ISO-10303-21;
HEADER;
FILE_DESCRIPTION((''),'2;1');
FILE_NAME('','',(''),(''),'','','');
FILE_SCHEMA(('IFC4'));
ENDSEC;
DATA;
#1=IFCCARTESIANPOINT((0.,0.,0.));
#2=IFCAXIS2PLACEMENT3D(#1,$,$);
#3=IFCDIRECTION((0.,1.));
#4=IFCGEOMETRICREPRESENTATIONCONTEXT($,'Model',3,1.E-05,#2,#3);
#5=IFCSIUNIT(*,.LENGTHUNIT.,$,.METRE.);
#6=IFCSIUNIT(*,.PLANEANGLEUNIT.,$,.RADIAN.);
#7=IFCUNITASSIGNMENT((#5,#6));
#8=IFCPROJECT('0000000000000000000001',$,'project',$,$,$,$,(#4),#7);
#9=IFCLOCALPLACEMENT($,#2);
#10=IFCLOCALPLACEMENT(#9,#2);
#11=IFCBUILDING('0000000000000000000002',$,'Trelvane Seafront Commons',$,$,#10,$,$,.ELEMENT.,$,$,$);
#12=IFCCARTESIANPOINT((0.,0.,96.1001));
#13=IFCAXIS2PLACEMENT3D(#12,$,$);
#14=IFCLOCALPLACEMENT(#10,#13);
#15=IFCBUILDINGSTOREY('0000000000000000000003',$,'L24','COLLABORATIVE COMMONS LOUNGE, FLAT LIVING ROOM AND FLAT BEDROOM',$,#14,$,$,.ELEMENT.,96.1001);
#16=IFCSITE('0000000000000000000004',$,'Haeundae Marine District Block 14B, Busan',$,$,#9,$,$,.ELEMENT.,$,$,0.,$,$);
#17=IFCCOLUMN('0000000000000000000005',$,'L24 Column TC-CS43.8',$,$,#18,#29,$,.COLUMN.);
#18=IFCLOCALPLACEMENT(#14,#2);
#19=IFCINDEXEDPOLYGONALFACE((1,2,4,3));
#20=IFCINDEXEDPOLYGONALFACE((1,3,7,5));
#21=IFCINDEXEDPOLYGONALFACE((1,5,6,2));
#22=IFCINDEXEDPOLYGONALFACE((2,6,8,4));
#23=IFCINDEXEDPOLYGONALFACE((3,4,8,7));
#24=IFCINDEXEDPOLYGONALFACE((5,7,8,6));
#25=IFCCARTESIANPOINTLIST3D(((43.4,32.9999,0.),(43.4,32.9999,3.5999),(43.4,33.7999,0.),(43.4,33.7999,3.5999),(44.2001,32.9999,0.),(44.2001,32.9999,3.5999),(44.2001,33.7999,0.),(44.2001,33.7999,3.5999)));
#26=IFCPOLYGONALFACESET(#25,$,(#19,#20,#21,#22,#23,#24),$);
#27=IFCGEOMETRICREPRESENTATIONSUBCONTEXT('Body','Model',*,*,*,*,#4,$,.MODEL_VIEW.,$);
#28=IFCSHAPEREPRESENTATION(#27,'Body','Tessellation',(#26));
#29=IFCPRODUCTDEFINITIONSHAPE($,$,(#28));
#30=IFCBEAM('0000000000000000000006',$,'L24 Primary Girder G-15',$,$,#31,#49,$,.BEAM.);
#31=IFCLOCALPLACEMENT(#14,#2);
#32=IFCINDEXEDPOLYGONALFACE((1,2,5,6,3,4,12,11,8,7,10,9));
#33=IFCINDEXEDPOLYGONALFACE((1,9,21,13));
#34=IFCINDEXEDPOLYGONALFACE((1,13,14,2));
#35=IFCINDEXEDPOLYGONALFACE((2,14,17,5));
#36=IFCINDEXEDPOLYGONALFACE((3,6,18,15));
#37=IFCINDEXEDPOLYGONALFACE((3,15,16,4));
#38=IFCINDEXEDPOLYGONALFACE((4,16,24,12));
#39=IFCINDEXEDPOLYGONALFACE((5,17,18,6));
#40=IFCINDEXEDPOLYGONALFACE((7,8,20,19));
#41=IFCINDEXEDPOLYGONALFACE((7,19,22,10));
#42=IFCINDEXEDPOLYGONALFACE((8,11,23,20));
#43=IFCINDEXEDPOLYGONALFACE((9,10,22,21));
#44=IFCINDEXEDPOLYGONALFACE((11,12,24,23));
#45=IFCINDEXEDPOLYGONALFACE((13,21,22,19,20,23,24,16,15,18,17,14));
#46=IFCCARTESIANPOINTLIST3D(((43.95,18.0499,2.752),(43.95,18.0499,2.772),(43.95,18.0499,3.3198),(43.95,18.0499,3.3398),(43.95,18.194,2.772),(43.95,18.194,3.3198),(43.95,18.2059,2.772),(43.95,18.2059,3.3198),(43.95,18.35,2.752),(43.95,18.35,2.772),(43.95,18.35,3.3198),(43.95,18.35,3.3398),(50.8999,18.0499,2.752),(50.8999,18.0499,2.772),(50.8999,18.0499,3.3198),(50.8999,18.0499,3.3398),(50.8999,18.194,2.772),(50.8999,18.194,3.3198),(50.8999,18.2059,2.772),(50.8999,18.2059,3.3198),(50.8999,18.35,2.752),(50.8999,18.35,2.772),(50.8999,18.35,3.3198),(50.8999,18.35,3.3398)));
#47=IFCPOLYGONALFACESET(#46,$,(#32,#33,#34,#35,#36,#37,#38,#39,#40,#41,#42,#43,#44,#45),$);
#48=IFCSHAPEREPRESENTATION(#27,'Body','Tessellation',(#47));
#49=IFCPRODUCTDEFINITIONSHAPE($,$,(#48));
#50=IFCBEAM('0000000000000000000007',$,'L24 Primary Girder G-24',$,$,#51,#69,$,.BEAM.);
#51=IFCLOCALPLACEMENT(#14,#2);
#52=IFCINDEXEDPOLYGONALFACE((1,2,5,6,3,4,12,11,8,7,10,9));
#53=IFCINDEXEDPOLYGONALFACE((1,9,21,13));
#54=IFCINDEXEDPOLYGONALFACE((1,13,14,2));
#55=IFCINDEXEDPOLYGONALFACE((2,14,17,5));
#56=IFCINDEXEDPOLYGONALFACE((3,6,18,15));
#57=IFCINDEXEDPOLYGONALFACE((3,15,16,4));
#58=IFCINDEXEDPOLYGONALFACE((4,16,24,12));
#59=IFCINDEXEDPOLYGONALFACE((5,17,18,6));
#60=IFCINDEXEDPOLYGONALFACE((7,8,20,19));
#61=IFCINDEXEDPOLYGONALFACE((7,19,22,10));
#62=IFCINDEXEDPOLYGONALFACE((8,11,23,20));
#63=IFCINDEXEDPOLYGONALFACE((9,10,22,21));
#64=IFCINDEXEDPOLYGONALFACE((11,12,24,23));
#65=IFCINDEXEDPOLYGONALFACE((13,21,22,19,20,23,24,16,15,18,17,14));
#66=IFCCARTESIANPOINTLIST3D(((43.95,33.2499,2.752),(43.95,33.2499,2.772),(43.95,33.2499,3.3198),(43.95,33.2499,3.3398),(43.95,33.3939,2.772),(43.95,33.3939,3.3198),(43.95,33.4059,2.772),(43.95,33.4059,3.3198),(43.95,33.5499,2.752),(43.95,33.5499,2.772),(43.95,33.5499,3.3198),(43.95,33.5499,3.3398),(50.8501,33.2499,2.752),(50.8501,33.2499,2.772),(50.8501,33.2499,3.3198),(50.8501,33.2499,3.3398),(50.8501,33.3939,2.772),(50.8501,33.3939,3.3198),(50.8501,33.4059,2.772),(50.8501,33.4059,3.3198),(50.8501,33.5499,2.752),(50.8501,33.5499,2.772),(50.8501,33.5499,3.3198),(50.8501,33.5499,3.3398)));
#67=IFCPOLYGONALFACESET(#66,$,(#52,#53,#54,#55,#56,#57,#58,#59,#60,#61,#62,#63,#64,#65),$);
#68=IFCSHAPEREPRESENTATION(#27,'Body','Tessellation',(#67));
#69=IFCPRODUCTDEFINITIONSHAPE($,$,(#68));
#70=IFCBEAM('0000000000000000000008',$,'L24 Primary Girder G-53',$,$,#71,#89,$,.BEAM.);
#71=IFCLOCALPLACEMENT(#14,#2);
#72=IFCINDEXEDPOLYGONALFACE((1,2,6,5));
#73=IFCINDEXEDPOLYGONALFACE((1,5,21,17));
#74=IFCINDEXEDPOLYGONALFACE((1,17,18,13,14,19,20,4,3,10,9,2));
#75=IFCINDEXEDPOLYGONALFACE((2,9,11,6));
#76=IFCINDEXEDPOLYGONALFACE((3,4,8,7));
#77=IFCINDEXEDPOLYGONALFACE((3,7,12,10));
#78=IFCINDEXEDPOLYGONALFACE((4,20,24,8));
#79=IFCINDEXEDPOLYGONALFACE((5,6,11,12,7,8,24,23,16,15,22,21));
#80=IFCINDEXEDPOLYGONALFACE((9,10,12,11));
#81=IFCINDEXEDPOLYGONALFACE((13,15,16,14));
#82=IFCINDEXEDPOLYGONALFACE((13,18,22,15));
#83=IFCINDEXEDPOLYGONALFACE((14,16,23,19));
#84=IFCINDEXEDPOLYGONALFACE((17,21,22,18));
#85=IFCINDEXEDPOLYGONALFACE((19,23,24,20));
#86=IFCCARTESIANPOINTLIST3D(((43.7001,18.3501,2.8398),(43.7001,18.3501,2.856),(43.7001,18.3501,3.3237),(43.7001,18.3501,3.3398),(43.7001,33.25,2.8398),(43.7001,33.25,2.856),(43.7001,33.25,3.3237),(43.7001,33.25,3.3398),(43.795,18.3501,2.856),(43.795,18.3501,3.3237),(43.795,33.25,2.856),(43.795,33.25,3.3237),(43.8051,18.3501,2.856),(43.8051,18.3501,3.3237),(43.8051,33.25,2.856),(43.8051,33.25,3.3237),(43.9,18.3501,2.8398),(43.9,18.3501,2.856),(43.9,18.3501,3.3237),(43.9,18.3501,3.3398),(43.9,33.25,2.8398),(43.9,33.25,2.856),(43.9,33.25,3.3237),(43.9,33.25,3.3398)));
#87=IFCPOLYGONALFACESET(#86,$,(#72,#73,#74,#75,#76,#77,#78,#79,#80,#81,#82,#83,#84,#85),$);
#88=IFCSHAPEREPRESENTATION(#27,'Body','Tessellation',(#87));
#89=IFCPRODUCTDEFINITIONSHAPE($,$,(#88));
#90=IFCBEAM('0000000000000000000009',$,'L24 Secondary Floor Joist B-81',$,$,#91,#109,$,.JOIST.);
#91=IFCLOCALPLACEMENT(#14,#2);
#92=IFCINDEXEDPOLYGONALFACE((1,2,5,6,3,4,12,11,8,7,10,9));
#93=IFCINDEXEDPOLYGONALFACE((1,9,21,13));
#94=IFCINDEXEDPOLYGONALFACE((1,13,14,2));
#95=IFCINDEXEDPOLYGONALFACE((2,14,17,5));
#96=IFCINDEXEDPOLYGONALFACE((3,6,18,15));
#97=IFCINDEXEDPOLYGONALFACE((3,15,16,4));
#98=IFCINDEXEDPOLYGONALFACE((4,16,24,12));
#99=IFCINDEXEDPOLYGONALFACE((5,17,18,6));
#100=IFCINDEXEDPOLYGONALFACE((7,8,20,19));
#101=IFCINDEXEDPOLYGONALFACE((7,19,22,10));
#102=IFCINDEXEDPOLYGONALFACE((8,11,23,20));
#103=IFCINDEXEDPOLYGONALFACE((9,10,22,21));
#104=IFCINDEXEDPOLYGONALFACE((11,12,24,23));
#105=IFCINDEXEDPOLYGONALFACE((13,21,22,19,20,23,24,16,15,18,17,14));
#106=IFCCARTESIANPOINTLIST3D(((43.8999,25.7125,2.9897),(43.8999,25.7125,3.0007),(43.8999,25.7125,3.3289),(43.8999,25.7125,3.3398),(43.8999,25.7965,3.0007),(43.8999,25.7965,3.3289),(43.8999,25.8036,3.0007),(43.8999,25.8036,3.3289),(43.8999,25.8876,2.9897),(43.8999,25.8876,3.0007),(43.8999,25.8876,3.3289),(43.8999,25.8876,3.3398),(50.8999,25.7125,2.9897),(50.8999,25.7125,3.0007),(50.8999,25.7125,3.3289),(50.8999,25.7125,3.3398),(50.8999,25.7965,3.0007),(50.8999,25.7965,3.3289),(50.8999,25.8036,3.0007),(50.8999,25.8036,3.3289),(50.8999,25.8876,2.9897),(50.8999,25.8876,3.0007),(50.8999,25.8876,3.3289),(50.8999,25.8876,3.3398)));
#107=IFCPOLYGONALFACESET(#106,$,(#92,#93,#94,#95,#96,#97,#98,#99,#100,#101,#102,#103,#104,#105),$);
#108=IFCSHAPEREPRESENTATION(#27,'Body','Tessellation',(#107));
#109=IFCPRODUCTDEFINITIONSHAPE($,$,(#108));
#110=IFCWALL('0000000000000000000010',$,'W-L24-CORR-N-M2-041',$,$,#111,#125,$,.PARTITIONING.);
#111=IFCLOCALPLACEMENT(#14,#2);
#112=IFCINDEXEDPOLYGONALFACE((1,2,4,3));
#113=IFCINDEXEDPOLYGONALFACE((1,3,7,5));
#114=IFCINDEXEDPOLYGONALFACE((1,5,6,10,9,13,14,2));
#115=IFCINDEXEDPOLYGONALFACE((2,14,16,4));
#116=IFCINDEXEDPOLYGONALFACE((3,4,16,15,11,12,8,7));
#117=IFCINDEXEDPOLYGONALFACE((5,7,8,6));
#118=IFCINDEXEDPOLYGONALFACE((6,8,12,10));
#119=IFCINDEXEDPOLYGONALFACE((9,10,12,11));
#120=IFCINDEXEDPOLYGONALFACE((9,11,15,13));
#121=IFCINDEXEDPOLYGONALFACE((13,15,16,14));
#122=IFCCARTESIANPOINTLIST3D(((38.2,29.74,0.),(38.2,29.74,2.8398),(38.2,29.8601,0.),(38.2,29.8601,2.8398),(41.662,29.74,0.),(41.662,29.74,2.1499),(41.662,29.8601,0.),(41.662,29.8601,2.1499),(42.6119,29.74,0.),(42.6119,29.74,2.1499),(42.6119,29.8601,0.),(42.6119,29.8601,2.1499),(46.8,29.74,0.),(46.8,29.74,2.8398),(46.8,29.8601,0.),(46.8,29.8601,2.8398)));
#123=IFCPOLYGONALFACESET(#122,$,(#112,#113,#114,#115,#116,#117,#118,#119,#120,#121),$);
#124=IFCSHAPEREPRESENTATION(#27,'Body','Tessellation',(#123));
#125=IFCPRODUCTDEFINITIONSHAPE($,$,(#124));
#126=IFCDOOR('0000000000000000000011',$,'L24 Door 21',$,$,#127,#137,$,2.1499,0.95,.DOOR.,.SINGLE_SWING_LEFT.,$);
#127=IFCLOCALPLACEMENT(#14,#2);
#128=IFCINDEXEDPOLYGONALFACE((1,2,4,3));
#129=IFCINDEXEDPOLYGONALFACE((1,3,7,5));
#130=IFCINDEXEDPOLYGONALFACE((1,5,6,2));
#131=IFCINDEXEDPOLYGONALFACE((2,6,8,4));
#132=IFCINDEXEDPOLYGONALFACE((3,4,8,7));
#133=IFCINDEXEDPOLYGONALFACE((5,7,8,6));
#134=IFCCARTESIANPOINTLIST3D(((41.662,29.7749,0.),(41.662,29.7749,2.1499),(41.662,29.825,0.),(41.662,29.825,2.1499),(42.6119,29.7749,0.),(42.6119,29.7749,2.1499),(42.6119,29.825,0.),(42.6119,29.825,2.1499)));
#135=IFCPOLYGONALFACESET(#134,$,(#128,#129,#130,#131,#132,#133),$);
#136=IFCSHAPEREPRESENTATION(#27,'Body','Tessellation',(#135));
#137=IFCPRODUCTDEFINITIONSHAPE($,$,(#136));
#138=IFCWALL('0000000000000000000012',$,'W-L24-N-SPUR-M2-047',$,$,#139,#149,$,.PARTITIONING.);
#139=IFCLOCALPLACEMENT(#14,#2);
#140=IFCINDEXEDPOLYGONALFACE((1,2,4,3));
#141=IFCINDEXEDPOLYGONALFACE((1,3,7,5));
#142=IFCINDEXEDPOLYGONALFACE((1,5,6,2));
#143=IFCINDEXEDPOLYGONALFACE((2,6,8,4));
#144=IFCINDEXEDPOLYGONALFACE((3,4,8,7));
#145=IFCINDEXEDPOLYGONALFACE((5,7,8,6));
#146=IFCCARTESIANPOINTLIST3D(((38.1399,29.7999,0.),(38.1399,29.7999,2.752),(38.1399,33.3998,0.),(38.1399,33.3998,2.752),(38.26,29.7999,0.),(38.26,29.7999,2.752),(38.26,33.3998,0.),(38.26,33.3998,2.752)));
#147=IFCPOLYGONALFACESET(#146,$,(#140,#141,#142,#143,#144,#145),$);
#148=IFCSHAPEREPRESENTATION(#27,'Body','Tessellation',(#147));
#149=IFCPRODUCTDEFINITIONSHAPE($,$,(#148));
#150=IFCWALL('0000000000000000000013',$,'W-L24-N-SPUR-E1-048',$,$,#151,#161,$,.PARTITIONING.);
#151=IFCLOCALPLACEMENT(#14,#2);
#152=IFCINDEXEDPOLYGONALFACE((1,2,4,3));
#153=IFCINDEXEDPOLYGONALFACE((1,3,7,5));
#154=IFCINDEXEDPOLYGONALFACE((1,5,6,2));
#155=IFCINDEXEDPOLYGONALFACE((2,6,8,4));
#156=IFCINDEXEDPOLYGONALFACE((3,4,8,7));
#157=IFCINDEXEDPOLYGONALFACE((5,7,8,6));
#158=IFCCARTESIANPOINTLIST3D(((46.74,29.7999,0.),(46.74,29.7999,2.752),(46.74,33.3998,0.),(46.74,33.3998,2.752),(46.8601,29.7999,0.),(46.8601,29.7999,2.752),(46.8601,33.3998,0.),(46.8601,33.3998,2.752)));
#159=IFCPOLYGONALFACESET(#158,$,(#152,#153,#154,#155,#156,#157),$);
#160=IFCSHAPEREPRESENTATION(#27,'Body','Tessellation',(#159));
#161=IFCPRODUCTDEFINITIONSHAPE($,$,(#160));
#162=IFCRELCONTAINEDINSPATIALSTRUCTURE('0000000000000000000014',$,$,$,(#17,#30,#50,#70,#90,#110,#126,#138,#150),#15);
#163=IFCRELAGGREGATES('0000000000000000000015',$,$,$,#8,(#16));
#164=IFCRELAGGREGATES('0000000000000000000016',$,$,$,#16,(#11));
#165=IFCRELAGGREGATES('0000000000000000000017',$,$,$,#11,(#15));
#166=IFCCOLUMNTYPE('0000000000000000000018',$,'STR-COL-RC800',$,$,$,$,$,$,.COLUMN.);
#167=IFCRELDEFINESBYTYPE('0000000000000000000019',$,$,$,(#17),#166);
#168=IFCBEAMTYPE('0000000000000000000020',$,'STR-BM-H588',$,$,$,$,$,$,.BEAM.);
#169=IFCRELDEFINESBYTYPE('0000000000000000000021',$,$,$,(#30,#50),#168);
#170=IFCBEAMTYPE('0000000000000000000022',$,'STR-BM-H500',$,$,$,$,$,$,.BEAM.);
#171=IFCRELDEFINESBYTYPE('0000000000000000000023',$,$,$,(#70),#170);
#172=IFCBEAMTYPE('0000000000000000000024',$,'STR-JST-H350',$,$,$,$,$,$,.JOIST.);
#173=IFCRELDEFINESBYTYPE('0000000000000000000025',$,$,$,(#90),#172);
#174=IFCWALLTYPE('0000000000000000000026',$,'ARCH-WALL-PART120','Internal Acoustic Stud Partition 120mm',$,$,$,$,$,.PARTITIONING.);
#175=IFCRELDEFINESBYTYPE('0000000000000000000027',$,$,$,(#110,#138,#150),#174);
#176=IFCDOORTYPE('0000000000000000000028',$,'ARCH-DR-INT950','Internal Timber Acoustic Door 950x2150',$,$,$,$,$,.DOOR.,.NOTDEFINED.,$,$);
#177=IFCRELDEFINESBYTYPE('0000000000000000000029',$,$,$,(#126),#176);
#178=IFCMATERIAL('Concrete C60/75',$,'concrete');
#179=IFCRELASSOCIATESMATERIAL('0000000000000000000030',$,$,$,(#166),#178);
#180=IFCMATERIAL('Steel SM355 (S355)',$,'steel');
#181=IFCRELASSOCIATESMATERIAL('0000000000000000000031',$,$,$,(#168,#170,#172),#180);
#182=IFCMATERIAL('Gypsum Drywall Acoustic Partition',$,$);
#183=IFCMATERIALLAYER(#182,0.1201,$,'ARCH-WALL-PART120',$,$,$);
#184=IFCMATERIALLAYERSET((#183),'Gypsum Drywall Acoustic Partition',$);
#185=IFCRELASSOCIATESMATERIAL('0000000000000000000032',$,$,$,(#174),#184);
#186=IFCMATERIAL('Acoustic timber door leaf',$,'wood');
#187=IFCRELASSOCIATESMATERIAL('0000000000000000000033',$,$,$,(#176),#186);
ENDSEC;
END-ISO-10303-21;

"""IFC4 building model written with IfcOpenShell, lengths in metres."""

from ifc_helpers import new_model, si_unit, direction, frame, frame_2d, origin, origin_2d, place, context, subcontext, project, spatial, rectangle, i_section, extrude, source, transform, mapped, material, layer, layer_set, material_profile, profile_set, type_object, element, fill, save


model = new_model("IFC4")

# Units and contexts
model_context = context("Model", 3, precision=1e-05, world=origin(), true_north=direction((0.0, 1.0)))
body_context = subcontext(model_context, "Body", "Model", "MODEL_VIEW")
ifc_project = project(units=[si_unit("LENGTHUNIT", "METRE"), si_unit("PLANEANGLEUNIT", "RADIAN")], contexts=[model_context])

# Site, building, storey
site_placement = place(None, origin())
site = spatial("IfcSite", under=ifc_project, at=site_placement, Name="Haeundae Marine District Block 14B, Busan", CompositionType="ELEMENT", RefElevation=0.0)
building_placement = place(site_placement, origin())
building = spatial("IfcBuilding", under=site, at=building_placement, Name="Trelvane Seafront Commons", CompositionType="ELEMENT")
storey_placement = place(building_placement, frame((0.0, 0.0, 96.1001)))
storey = spatial("IfcBuildingStorey", under=building, at=storey_placement, Name="L24", Description="COLLABORATIVE COMMONS LOUNGE, FLAT LIVING ROOM AND FLAT BEDROOM", CompositionType="ELEMENT", Elevation=96.1001)

# Column
ifc_material_1 = material(Name="Concrete C60/75", Category="concrete")
ifc_material_profile_1 = material_profile(ifc_material_1, rectangle(XDim=0.8, YDim=0.8, at=origin_2d()), Name="RC-800x800")
ifc_profile_set_1 = profile_set([ifc_material_profile_1], Name="Concrete C60/75")
column_type = type_object("IfcColumnType", Name="STR-COL-RC800", PredefinedType="COLUMN", material=ifc_profile_set_1)
shared_shape_1 = source(origin(), body_context, "Body", "SweptSolid", [
    extrude(rectangle(XDim=0.8, YDim=0.8, at=origin_2d()), origin(), (0.0, 0.0, 1.0), 3.5999),
])
column_placement = place(storey_placement, frame((43.8, 33.3999, 0.0), z_axis=(0.0, 0.0, 1.0), x_axis=(1.0, 0.0, 0.0)))
element("IfcColumn", 1, at=column_placement, inside=storey, type_object=column_type, Name="L24 Column TC-CS43.8", PredefinedType="COLUMN", context=body_context, shape_type="MappedRepresentation", body=[
    mapped(shared_shape_1, transform((0.0, 0.0, 0.0), x_axis=(1.0, 0.0, 0.0), y_axis=(0.0, 1.0, 0.0), z_axis=(0.0, 0.0, 1.0), scale=1.0)),
])

# Beams
ifc_material_2 = material(Name="Steel SM355 (S355)", Category="steel")
ifc_material_profile_2 = material_profile(ifc_material_2, i_section(OverallWidth=0.3, OverallDepth=0.5879, WebThickness=0.012, FlangeThickness=0.02, at=origin_2d()), Name="H-588x300x12x20")
ifc_profile_set_2 = profile_set([ifc_material_profile_2], Name="Steel SM355 (S355)")
beam_type_1 = type_object("IfcBeamType", Name="STR-BM-H588", PredefinedType="BEAM", material=ifc_profile_set_2)
shared_shape_2 = source(origin(), body_context, "Body", "SweptSolid", [
    extrude(i_section(OverallWidth=0.3, OverallDepth=0.5879, WebThickness=0.012, FlangeThickness=0.02, at=origin_2d()), origin(), (0.0, 0.0, 1.0), 6.95),
])
beam_1_placement = place(storey_placement, frame((43.95, 18.2, 3.0459), z_axis=(1.0, 0.0, 0.0), x_axis=(0.0, 1.0, 0.0)))
element("IfcBeam", 2, at=beam_1_placement, inside=storey, type_object=beam_type_1, Name="L24 Primary Girder G-15", PredefinedType="BEAM", context=body_context, shape_type="MappedRepresentation", body=[
    mapped(shared_shape_2, transform((0.0, 0.0, 0.0), x_axis=(1.0, 0.0, 0.0), y_axis=(0.0, 1.0, 0.0), z_axis=(0.0, 0.0, 1.0), scale=1.0)),
])
shared_shape_3 = source(origin(), body_context, "Body", "SweptSolid", [
    extrude(i_section(OverallWidth=0.3, OverallDepth=0.5879, WebThickness=0.012, FlangeThickness=0.02, at=origin_2d()), origin(), (0.0, 0.0, 1.0), 6.9001),
])
beam_2_placement = place(storey_placement, frame((43.95, 33.3999, 3.0459), z_axis=(1.0, 0.0, 0.0), x_axis=(0.0, 1.0, 0.0)))
element("IfcBeam", 3, at=beam_2_placement, inside=storey, type_object=beam_type_1, Name="L24 Primary Girder G-24", PredefinedType="BEAM", context=body_context, shape_type="MappedRepresentation", body=[
    mapped(shared_shape_3, transform((0.0, 0.0, 0.0), x_axis=(1.0, 0.0, 0.0), y_axis=(0.0, 1.0, 0.0), z_axis=(0.0, 0.0, 1.0), scale=1.0)),
])
ifc_material_profile_3 = material_profile(ifc_material_2, i_section(OverallWidth=0.2, OverallDepth=0.5, WebThickness=0.01, FlangeThickness=0.0161, at=origin_2d()), Name="H-500x200x10x16")
ifc_profile_set_3 = profile_set([ifc_material_profile_3], Name="Steel SM355 (S355)")
beam_type_2 = type_object("IfcBeamType", Name="STR-BM-H500", PredefinedType="BEAM", material=ifc_profile_set_3)
shared_shape_4 = source(origin(), body_context, "Body", "SweptSolid", [
    extrude(i_section(OverallWidth=0.2, OverallDepth=0.5, WebThickness=0.01, FlangeThickness=0.0161, at=origin_2d()), origin(), (0.0, 0.0, 1.0), 14.8999),
])
beam_3_placement = place(storey_placement, frame((43.8, 18.3501, 3.0898), z_axis=(0.0, 1.0, 0.0), x_axis=(-1.0, 0.0, 0.0)))
element("IfcBeam", 4, at=beam_3_placement, inside=storey, type_object=beam_type_2, Name="L24 Primary Girder G-53", PredefinedType="BEAM", context=body_context, shape_type="MappedRepresentation", body=[
    mapped(shared_shape_4, transform((0.0, 0.0, 0.0), x_axis=(1.0, 0.0, 0.0), y_axis=(0.0, 1.0, 0.0), z_axis=(0.0, 0.0, 1.0), scale=1.0)),
])
ifc_material_profile_4 = material_profile(ifc_material_2, i_section(OverallWidth=0.175, OverallDepth=0.3501, WebThickness=0.0071, FlangeThickness=0.011, at=origin_2d()), Name="H-350x175x7x11")
ifc_profile_set_4 = profile_set([ifc_material_profile_4], Name="Steel SM355 (S355)")
beam_type_3 = type_object("IfcBeamType", Name="STR-JST-H350", PredefinedType="JOIST", material=ifc_profile_set_4)
shared_shape_5 = source(origin(), body_context, "Body", "SweptSolid", [
    extrude(i_section(OverallWidth=0.175, OverallDepth=0.3501, WebThickness=0.0071, FlangeThickness=0.011, at=origin_2d()), origin(), (0.0, 0.0, 1.0), 7.0),
])
beam_4_placement = place(storey_placement, frame((43.8999, 25.8, 3.1648), z_axis=(1.0, 0.0, 0.0), x_axis=(0.0, 1.0, 0.0)))
element("IfcBeam", 5, at=beam_4_placement, inside=storey, type_object=beam_type_3, Name="L24 Secondary Floor Joist B-81", PredefinedType="JOIST", context=body_context, shape_type="MappedRepresentation", body=[
    mapped(shared_shape_5, transform((0.0, 0.0, 0.0), x_axis=(1.0, 0.0, 0.0), y_axis=(0.0, 1.0, 0.0), z_axis=(0.0, 0.0, 1.0), scale=1.0)),
])

# Shared definitions
shared_shape_6 = source(origin(), body_context, "Body", "SweptSolid", [
    extrude(rectangle(XDim=0.95, YDim=2.1499, at=frame_2d((0.4751, 1.075))), frame((0.0, 0.0249, 0.0), z_axis=(0.0, -1.0, 0.0), x_axis=(1.0, 0.0, 0.0)), (0.0, 0.0, 1.0), 0.05),
])

# Wall, opening, door
ifc_material_3 = material(Name="Gypsum Drywall Acoustic Partition")
ifc_layer_1 = layer(ifc_material_3, 0.1201, Name="ARCH-WALL-PART120")
ifc_layer_set_1 = layer_set([ifc_layer_1], Name="Gypsum Drywall Acoustic Partition")
wall_type_1 = type_object("IfcWallType", Name="ARCH-WALL-PART120", Description="Internal Acoustic Stud Partition 120mm", PredefinedType="PARTITIONING", material=ifc_layer_set_1)
wall_1_placement = place(storey_placement, frame((38.2, 29.8, 0.0), z_axis=(0.0, 0.0, 1.0), x_axis=(1.0, 0.0, 0.0)))
wall_1 = element("IfcWall", 6, at=wall_1_placement, inside=storey, type_object=wall_type_1, Name="W-L24-CORR-N-M2-041", PredefinedType="PARTITIONING", context=body_context, shape_type="SweptSolid", body=[
    extrude(rectangle(XDim=8.6001, YDim=0.1201, at=frame_2d((4.3, 0.0))), origin(), (0.0, 0.0, 1.0), 2.8398),
])
opening_1_placement = place(wall_1_placement, frame((3.4619, 0.0, 0.0)))
opening_1 = element("IfcOpeningElement", 7, at=opening_1_placement, cuts=wall_1, PredefinedType="OPENING", context=body_context, shape_type="SweptSolid", body=[
    extrude(rectangle(XDim=0.95, YDim=2.1499, at=frame_2d((0.4751, 1.075))), frame((0.0, 0.0701, 0.0), z_axis=(0.0, -1.0, 0.0), x_axis=(1.0, 0.0, 0.0)), (0.0, 0.0, 1.0), 0.1401),
])
ifc_material_4 = material(Name="Acoustic timber door leaf", Category="wood")
door_type_1 = type_object("IfcDoorType", Name="ARCH-DR-INT950", Description="Internal Timber Acoustic Door 950x2150", OperationType="NOTDEFINED", PredefinedType="DOOR", material=ifc_material_4)
door_1_placement = place(opening_1_placement, origin())
door_1 = element("IfcDoor", 8, at=door_1_placement, inside=storey, type_object=door_type_1, Name="L24 Door 21", OperationType="SINGLE_SWING_LEFT", OverallHeight=2.1499, OverallWidth=0.95, PredefinedType="DOOR", context=body_context, shape_type="MappedRepresentation", body=[
    mapped(shared_shape_6, transform((0.0, 0.0, 0.0), x_axis=(1.0, 0.0, 0.0), y_axis=(0.0, 1.0, 0.0), z_axis=(0.0, 0.0, 1.0), scale=1.0)),
])
fill(opening_1, door_1)

# Walls
for number, where, z_axis, x_axis, name in (
    (9, (38.2, 29.8, 0.0), (0.0, 0.0, 1.0), (0.0, 1.0, 0.0), "W-L24-N-SPUR-M2-047"),
    (10, (46.8, 29.8, 0.0), (0.0, 0.0, 1.0), (0.0, 1.0, 0.0), "W-L24-N-SPUR-E1-048"),
):
    element("IfcWall", number, at=place(storey_placement, frame(where, z_axis=z_axis, x_axis=x_axis)), inside=storey, type_object=wall_type_1, Name=name, PredefinedType="PARTITIONING", context=body_context, shape_type="SweptSolid", body=[
        extrude(rectangle(XDim=3.5999, YDim=0.1201, at=frame_2d((1.7998, 0.0))), origin(), (0.0, 0.0, 1.0), 2.752),
    ])

save(model, "model.ifc")
